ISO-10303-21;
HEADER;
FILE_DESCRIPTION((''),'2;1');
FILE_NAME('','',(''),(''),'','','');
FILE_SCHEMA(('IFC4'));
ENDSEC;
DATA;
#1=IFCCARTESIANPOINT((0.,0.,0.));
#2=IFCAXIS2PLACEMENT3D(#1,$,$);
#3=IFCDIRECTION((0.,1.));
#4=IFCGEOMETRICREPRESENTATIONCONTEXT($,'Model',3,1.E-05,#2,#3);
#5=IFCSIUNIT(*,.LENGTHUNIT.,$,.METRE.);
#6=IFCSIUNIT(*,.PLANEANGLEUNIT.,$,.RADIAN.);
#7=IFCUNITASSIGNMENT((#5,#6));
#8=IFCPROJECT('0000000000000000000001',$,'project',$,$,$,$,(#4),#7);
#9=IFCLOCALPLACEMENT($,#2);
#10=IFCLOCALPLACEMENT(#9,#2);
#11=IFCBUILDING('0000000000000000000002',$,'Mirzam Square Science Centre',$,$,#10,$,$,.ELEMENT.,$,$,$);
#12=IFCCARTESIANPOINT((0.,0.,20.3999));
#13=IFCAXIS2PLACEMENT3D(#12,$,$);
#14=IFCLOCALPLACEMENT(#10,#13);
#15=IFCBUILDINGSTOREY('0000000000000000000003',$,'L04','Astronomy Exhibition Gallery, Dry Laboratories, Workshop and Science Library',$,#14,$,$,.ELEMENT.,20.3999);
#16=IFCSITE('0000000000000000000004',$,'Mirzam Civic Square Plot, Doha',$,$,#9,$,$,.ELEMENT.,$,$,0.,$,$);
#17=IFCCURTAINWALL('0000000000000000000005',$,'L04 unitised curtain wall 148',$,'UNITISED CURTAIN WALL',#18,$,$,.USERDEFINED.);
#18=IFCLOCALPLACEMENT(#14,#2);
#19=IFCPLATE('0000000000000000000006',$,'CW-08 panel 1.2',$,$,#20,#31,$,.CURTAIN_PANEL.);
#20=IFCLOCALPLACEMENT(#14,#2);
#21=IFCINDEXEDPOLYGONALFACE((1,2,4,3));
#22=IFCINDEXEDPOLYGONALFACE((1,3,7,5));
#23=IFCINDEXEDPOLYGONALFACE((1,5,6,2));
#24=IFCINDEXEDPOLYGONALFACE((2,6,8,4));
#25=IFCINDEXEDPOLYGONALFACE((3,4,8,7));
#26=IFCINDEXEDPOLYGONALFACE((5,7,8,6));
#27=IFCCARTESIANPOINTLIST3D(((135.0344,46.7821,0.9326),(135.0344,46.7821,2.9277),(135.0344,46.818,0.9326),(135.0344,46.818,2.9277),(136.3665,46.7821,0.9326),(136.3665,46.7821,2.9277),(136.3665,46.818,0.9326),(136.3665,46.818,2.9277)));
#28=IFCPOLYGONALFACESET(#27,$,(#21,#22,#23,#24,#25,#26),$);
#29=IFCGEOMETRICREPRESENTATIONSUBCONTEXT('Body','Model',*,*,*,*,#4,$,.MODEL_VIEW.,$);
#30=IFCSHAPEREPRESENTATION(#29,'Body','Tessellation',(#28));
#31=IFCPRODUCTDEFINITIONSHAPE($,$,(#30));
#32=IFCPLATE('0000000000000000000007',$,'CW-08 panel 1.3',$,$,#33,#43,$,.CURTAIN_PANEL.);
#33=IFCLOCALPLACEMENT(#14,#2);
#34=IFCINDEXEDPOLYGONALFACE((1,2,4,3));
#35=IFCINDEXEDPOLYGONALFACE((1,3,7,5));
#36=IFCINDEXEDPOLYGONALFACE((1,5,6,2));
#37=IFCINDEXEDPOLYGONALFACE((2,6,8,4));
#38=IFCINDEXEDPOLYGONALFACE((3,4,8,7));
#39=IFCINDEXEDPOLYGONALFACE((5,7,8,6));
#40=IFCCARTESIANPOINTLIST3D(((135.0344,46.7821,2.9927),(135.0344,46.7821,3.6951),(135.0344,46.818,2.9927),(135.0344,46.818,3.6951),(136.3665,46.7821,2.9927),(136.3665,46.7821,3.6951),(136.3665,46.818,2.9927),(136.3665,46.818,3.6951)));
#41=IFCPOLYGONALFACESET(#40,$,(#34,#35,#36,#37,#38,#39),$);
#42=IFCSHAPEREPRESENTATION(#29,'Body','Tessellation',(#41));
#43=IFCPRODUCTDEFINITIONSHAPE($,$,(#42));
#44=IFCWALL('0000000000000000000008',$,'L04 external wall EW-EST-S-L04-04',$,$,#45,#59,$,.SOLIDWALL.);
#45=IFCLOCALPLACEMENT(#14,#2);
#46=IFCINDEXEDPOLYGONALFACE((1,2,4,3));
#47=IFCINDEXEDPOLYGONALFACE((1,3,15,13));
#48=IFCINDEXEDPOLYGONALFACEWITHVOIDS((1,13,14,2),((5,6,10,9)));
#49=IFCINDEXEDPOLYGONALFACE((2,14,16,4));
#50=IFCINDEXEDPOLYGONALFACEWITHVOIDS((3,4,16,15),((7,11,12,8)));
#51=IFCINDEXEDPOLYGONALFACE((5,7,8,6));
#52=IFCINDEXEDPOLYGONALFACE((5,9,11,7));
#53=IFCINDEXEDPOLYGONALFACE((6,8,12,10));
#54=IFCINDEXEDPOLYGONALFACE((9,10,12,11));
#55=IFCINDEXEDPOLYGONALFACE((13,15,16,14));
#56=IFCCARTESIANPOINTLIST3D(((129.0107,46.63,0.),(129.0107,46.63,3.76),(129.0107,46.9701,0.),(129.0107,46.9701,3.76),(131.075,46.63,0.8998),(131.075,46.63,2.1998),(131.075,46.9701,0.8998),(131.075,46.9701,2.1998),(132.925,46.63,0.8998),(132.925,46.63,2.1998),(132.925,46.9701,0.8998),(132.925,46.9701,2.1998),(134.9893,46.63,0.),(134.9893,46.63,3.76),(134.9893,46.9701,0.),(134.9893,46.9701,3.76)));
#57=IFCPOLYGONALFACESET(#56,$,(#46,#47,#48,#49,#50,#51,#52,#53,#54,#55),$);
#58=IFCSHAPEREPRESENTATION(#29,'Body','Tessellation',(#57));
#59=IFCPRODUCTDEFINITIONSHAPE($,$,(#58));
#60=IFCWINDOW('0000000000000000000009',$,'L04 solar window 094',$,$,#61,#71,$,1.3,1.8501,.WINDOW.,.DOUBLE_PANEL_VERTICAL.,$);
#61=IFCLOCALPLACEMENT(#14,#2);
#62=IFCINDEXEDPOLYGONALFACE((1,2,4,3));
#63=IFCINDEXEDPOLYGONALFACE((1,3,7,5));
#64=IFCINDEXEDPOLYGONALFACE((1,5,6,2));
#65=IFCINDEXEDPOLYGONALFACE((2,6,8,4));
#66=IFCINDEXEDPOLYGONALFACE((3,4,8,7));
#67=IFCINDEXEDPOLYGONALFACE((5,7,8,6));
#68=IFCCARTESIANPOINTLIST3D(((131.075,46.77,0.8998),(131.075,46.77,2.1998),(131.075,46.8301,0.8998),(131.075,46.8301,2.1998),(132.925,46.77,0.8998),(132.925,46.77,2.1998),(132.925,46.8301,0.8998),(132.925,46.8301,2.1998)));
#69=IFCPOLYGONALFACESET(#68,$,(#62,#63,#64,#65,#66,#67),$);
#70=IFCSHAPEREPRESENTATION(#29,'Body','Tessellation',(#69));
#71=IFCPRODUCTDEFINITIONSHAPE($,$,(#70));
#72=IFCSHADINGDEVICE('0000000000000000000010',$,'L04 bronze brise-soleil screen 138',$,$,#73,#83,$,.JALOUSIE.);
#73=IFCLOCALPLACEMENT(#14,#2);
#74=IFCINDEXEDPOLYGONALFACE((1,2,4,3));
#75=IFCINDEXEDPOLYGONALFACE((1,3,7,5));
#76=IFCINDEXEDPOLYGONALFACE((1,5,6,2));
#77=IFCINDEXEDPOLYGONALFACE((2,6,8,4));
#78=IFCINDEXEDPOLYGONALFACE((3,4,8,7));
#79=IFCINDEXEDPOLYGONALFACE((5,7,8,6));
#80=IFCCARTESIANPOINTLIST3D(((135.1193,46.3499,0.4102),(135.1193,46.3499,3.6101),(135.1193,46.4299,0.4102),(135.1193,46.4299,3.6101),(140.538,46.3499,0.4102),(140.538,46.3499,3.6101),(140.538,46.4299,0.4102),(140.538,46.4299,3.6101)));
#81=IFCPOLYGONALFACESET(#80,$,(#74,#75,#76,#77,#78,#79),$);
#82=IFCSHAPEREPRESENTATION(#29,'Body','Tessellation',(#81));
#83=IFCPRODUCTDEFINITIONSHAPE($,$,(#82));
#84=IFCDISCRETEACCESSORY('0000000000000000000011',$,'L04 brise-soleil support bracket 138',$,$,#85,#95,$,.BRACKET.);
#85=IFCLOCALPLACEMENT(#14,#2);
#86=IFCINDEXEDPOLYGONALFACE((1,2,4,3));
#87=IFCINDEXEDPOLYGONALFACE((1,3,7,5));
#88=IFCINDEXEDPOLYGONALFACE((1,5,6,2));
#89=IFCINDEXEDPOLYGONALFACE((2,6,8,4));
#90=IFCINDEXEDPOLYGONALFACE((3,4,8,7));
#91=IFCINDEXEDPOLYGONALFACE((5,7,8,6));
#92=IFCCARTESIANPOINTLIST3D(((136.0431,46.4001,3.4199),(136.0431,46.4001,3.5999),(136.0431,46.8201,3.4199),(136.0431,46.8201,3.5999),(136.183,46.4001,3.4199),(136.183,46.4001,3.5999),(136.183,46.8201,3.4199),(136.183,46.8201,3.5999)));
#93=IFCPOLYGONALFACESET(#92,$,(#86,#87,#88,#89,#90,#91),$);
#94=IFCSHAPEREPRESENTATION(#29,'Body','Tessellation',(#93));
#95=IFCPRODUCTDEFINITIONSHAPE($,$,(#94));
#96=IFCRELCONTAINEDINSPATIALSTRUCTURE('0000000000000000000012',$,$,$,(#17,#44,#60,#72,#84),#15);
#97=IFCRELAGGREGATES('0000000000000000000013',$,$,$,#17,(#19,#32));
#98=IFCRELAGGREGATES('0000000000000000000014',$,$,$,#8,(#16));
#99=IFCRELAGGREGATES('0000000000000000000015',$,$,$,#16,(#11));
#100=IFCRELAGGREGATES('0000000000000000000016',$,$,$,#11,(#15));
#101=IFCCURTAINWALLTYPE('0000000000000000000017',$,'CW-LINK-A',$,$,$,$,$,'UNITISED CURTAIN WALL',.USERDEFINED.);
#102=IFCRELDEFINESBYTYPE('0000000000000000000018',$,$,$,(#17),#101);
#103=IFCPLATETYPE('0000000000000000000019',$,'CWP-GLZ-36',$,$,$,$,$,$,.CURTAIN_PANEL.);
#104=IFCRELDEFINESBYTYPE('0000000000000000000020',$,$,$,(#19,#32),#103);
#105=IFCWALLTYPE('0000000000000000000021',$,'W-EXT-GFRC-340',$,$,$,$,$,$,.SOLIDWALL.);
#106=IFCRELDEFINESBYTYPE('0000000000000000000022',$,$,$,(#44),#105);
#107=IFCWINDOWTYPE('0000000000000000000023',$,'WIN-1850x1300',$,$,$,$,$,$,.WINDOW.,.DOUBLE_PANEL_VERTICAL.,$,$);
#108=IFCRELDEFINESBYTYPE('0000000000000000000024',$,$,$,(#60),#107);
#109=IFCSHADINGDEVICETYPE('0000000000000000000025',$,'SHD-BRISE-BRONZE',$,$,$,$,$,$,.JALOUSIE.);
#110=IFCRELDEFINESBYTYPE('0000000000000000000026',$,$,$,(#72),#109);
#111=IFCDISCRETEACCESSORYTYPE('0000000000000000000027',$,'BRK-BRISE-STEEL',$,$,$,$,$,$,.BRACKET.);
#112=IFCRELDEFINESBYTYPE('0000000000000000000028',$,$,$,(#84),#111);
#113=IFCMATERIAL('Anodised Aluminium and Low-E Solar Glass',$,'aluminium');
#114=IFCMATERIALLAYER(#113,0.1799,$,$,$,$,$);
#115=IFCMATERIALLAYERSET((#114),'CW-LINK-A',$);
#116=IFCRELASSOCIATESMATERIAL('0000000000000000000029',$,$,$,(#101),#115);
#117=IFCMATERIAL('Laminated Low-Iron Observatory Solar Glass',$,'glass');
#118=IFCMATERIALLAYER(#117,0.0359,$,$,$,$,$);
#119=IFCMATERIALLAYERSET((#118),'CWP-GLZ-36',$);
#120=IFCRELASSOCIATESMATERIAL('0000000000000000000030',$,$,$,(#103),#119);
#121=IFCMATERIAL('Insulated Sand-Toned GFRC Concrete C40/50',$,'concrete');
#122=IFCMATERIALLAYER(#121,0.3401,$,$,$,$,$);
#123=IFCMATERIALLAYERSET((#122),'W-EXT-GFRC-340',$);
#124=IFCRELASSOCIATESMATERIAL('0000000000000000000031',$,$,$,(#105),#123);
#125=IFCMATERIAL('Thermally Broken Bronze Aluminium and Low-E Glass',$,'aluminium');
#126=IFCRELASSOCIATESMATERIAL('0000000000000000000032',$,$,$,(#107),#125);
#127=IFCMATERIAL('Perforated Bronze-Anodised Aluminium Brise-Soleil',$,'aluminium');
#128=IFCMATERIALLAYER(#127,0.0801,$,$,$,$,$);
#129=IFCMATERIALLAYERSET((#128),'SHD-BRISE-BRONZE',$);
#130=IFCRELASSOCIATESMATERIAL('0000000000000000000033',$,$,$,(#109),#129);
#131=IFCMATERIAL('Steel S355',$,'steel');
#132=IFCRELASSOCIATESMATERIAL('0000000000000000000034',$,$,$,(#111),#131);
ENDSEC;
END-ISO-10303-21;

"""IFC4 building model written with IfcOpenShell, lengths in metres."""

from ifc_helpers import new_model, si_unit, direction, frame, frame_2d, origin, origin_2d, place, context, subcontext, project, spatial, rectangle, extrude, material, layer, layer_set, type_object, element, fill, aggregate, save


model = new_model("IFC4")

# Units and contexts
model_context = context("Model", 3, precision=1e-05, world=origin(), true_north=direction((0.0, 1.0)))
body_context = subcontext(model_context, "Body", "Model", "MODEL_VIEW")
ifc_project = project(units=[si_unit("LENGTHUNIT", "METRE"), si_unit("PLANEANGLEUNIT", "RADIAN")], contexts=[model_context])

# Site, building, storey
site_placement = place(None, origin())
site = spatial("IfcSite", under=ifc_project, at=site_placement, Name="Mirzam Civic Square Plot, Doha", CompositionType="ELEMENT", RefElevation=0.0)
building_placement = place(site_placement, origin())
building = spatial("IfcBuilding", under=site, at=building_placement, Name="Mirzam Square Science Centre", CompositionType="ELEMENT")
storey_placement = place(building_placement, frame((0.0, 0.0, 20.3999)))
storey = spatial("IfcBuildingStorey", under=building, at=storey_placement, Name="L04", Description="Astronomy Exhibition Gallery, Dry Laboratories, Workshop and Science Library", CompositionType="ELEMENT", Elevation=20.3999)

# Shared definitions
ifc_material_1 = material(Name="Steel S355", Category="steel")

# Curtain wall
ifc_material_2 = material(Name="Anodised Aluminium and Low-E Solar Glass", Category="aluminium")
ifc_layer_1 = layer(ifc_material_2, 0.1799)
ifc_layer_set_1 = layer_set([ifc_layer_1], Name="CW-LINK-A")
curtain_wall_type_1 = type_object("IfcCurtainWallType", Name="CW-LINK-A", ElementType="UNITISED CURTAIN WALL", PredefinedType="USERDEFINED", material=ifc_layer_set_1)
curtain_wall_1_placement = place(storey_placement, origin())
curtain_wall_1 = element("IfcCurtainWall", 1, at=curtain_wall_1_placement, inside=storey, type_object=curtain_wall_type_1, Name="L04 unitised curtain wall 148", ObjectType="UNITISED CURTAIN WALL", PredefinedType="USERDEFINED")

# Plates
ifc_material_3 = material(Name="Laminated Low-Iron Observatory Solar Glass", Category="glass")
ifc_layer_2 = layer(ifc_material_3, 0.0359)
ifc_layer_set_2 = layer_set([ifc_layer_2], Name="CWP-GLZ-36")
plate_type_1 = type_object("IfcPlateType", Name="CWP-GLZ-36", PredefinedType="CURTAIN_PANEL", material=ifc_layer_set_2)
plate_1_placement = place(storey_placement, frame((135.7004, 46.8, 0.9326), z_axis=(0.0, 0.0, 1.0), x_axis=(1.0, 0.0, 0.0)))
plate_1 = element("IfcPlate", 2, at=plate_1_placement, type_object=plate_type_1, Name="CW-08 panel 1.2", PredefinedType="CURTAIN_PANEL", context=body_context, shape_type="SweptSolid", body=[
    extrude(rectangle(XDim=1.332, YDim=0.0359, at=origin_2d()), origin(), (0.0, 0.0, 1.0), 1.9951),
])
plate_2_placement = place(storey_placement, frame((135.7004, 46.8, 2.9927), z_axis=(0.0, 0.0, 1.0), x_axis=(1.0, 0.0, 0.0)))
plate_2 = element("IfcPlate", 3, at=plate_2_placement, type_object=plate_type_1, Name="CW-08 panel 1.3", PredefinedType="CURTAIN_PANEL", context=body_context, shape_type="SweptSolid", body=[
    extrude(rectangle(XDim=1.332, YDim=0.0359, at=origin_2d()), origin(), (0.0, 0.0, 1.0), 0.7024),
])
aggregate(curtain_wall_1, [plate_1, plate_2])

# Wall, opening, window
ifc_material_4 = material(Name="Insulated Sand-Toned GFRC Concrete C40/50", Category="concrete")
ifc_layer_3 = layer(ifc_material_4, 0.3401)
ifc_layer_set_3 = layer_set([ifc_layer_3], Name="W-EXT-GFRC-340")
wall_type = type_object("IfcWallType", Name="W-EXT-GFRC-340", PredefinedType="SOLIDWALL", material=ifc_layer_set_3)
wall_placement = place(storey_placement, frame((129.0107, 46.8, 0.0), z_axis=(0.0, 0.0, 1.0), x_axis=(1.0, 0.0, 0.0)))
wall = element("IfcWall", 4, at=wall_placement, inside=storey, type_object=wall_type, Name="L04 external wall EW-EST-S-L04-04", PredefinedType="SOLIDWALL", context=body_context, shape_type="SweptSolid", body=[
    extrude(rectangle(XDim=5.9785, YDim=0.3401, at=frame_2d((2.9893, 0.0))), origin(), (0.0, 0.0, 1.0), 3.76),
])
opening_placement = place(wall_placement, frame((2.0642, 0.0, 0.8999)))
opening = element("IfcOpeningElement", 5, at=opening_placement, cuts=wall, PredefinedType="OPENING", context=body_context, shape_type="SweptSolid", body=[
    extrude(rectangle(XDim=1.8501, YDim=1.3, at=frame_2d((0.925, 0.6499))), frame((0.0, 0.1799, 0.0), z_axis=(0.0, -1.0, 0.0), x_axis=(1.0, 0.0, 0.0)), (0.0, 0.0, 1.0), 0.3601),
])
ifc_material_5 = material(Name="Thermally Broken Bronze Aluminium and Low-E Glass", Category="aluminium")
window_type = type_object("IfcWindowType", Name="WIN-1850x1300", PartitioningType="DOUBLE_PANEL_VERTICAL", PredefinedType="WINDOW", material=ifc_material_5)
window_placement = place(opening_placement, origin())
window = element("IfcWindow", 6, at=window_placement, inside=storey, type_object=window_type, Name="L04 solar window 094", OverallHeight=1.3, OverallWidth=1.8501, PartitioningType="DOUBLE_PANEL_VERTICAL", PredefinedType="WINDOW", context=body_context, shape_type="SweptSolid", body=[
    extrude(rectangle(XDim=1.8501, YDim=1.3, at=frame_2d((0.925, 0.6499))), frame((0.0, 0.03, 0.0), z_axis=(0.0, -1.0, 0.0), x_axis=(1.0, 0.0, 0.0)), (0.0, 0.0, 1.0), 0.0601),
])
fill(opening, window)

# Shading device
ifc_material_6 = material(Name="Perforated Bronze-Anodised Aluminium Brise-Soleil", Category="aluminium")
ifc_layer_4 = layer(ifc_material_6, 0.0801)
ifc_layer_set_4 = layer_set([ifc_layer_4], Name="SHD-BRISE-BRONZE")
shading_device_type = type_object("IfcShadingDeviceType", Name="SHD-BRISE-BRONZE", PredefinedType="JALOUSIE", material=ifc_layer_set_4)
shading_device_placement = place(storey_placement, frame((137.8286, 46.3899, 0.4102), z_axis=(0.0, 0.0, 1.0), x_axis=(1.0, 0.0, 0.0)))
element("IfcShadingDevice", 7, at=shading_device_placement, inside=storey, type_object=shading_device_type, Name="L04 bronze brise-soleil screen 138", PredefinedType="JALOUSIE", context=body_context, shape_type="SweptSolid", body=[
    extrude(rectangle(XDim=5.4187, YDim=0.0801, at=origin_2d()), origin(), (0.0, 0.0, 1.0), 3.2),
])

# Discrete accessory
discrete_accessory_type = type_object("IfcDiscreteAccessoryType", Name="BRK-BRISE-STEEL", PredefinedType="BRACKET", material=ifc_material_1)
discrete_accessory_placement = place(storey_placement, frame((136.113, 46.6101, 3.4199), z_axis=(0.0, 0.0, 1.0), x_axis=(1.0, 0.0, 0.0)))
element("IfcDiscreteAccessory", 8, at=discrete_accessory_placement, inside=storey, type_object=discrete_accessory_type, Name="L04 brise-soleil support bracket 138", PredefinedType="BRACKET", context=body_context, shape_type="SweptSolid", body=[
    extrude(rectangle(XDim=0.1399, YDim=0.4199, at=origin_2d()), origin(), (0.0, 0.0, 1.0), 0.1799),
])

save(model, "model.ifc")
